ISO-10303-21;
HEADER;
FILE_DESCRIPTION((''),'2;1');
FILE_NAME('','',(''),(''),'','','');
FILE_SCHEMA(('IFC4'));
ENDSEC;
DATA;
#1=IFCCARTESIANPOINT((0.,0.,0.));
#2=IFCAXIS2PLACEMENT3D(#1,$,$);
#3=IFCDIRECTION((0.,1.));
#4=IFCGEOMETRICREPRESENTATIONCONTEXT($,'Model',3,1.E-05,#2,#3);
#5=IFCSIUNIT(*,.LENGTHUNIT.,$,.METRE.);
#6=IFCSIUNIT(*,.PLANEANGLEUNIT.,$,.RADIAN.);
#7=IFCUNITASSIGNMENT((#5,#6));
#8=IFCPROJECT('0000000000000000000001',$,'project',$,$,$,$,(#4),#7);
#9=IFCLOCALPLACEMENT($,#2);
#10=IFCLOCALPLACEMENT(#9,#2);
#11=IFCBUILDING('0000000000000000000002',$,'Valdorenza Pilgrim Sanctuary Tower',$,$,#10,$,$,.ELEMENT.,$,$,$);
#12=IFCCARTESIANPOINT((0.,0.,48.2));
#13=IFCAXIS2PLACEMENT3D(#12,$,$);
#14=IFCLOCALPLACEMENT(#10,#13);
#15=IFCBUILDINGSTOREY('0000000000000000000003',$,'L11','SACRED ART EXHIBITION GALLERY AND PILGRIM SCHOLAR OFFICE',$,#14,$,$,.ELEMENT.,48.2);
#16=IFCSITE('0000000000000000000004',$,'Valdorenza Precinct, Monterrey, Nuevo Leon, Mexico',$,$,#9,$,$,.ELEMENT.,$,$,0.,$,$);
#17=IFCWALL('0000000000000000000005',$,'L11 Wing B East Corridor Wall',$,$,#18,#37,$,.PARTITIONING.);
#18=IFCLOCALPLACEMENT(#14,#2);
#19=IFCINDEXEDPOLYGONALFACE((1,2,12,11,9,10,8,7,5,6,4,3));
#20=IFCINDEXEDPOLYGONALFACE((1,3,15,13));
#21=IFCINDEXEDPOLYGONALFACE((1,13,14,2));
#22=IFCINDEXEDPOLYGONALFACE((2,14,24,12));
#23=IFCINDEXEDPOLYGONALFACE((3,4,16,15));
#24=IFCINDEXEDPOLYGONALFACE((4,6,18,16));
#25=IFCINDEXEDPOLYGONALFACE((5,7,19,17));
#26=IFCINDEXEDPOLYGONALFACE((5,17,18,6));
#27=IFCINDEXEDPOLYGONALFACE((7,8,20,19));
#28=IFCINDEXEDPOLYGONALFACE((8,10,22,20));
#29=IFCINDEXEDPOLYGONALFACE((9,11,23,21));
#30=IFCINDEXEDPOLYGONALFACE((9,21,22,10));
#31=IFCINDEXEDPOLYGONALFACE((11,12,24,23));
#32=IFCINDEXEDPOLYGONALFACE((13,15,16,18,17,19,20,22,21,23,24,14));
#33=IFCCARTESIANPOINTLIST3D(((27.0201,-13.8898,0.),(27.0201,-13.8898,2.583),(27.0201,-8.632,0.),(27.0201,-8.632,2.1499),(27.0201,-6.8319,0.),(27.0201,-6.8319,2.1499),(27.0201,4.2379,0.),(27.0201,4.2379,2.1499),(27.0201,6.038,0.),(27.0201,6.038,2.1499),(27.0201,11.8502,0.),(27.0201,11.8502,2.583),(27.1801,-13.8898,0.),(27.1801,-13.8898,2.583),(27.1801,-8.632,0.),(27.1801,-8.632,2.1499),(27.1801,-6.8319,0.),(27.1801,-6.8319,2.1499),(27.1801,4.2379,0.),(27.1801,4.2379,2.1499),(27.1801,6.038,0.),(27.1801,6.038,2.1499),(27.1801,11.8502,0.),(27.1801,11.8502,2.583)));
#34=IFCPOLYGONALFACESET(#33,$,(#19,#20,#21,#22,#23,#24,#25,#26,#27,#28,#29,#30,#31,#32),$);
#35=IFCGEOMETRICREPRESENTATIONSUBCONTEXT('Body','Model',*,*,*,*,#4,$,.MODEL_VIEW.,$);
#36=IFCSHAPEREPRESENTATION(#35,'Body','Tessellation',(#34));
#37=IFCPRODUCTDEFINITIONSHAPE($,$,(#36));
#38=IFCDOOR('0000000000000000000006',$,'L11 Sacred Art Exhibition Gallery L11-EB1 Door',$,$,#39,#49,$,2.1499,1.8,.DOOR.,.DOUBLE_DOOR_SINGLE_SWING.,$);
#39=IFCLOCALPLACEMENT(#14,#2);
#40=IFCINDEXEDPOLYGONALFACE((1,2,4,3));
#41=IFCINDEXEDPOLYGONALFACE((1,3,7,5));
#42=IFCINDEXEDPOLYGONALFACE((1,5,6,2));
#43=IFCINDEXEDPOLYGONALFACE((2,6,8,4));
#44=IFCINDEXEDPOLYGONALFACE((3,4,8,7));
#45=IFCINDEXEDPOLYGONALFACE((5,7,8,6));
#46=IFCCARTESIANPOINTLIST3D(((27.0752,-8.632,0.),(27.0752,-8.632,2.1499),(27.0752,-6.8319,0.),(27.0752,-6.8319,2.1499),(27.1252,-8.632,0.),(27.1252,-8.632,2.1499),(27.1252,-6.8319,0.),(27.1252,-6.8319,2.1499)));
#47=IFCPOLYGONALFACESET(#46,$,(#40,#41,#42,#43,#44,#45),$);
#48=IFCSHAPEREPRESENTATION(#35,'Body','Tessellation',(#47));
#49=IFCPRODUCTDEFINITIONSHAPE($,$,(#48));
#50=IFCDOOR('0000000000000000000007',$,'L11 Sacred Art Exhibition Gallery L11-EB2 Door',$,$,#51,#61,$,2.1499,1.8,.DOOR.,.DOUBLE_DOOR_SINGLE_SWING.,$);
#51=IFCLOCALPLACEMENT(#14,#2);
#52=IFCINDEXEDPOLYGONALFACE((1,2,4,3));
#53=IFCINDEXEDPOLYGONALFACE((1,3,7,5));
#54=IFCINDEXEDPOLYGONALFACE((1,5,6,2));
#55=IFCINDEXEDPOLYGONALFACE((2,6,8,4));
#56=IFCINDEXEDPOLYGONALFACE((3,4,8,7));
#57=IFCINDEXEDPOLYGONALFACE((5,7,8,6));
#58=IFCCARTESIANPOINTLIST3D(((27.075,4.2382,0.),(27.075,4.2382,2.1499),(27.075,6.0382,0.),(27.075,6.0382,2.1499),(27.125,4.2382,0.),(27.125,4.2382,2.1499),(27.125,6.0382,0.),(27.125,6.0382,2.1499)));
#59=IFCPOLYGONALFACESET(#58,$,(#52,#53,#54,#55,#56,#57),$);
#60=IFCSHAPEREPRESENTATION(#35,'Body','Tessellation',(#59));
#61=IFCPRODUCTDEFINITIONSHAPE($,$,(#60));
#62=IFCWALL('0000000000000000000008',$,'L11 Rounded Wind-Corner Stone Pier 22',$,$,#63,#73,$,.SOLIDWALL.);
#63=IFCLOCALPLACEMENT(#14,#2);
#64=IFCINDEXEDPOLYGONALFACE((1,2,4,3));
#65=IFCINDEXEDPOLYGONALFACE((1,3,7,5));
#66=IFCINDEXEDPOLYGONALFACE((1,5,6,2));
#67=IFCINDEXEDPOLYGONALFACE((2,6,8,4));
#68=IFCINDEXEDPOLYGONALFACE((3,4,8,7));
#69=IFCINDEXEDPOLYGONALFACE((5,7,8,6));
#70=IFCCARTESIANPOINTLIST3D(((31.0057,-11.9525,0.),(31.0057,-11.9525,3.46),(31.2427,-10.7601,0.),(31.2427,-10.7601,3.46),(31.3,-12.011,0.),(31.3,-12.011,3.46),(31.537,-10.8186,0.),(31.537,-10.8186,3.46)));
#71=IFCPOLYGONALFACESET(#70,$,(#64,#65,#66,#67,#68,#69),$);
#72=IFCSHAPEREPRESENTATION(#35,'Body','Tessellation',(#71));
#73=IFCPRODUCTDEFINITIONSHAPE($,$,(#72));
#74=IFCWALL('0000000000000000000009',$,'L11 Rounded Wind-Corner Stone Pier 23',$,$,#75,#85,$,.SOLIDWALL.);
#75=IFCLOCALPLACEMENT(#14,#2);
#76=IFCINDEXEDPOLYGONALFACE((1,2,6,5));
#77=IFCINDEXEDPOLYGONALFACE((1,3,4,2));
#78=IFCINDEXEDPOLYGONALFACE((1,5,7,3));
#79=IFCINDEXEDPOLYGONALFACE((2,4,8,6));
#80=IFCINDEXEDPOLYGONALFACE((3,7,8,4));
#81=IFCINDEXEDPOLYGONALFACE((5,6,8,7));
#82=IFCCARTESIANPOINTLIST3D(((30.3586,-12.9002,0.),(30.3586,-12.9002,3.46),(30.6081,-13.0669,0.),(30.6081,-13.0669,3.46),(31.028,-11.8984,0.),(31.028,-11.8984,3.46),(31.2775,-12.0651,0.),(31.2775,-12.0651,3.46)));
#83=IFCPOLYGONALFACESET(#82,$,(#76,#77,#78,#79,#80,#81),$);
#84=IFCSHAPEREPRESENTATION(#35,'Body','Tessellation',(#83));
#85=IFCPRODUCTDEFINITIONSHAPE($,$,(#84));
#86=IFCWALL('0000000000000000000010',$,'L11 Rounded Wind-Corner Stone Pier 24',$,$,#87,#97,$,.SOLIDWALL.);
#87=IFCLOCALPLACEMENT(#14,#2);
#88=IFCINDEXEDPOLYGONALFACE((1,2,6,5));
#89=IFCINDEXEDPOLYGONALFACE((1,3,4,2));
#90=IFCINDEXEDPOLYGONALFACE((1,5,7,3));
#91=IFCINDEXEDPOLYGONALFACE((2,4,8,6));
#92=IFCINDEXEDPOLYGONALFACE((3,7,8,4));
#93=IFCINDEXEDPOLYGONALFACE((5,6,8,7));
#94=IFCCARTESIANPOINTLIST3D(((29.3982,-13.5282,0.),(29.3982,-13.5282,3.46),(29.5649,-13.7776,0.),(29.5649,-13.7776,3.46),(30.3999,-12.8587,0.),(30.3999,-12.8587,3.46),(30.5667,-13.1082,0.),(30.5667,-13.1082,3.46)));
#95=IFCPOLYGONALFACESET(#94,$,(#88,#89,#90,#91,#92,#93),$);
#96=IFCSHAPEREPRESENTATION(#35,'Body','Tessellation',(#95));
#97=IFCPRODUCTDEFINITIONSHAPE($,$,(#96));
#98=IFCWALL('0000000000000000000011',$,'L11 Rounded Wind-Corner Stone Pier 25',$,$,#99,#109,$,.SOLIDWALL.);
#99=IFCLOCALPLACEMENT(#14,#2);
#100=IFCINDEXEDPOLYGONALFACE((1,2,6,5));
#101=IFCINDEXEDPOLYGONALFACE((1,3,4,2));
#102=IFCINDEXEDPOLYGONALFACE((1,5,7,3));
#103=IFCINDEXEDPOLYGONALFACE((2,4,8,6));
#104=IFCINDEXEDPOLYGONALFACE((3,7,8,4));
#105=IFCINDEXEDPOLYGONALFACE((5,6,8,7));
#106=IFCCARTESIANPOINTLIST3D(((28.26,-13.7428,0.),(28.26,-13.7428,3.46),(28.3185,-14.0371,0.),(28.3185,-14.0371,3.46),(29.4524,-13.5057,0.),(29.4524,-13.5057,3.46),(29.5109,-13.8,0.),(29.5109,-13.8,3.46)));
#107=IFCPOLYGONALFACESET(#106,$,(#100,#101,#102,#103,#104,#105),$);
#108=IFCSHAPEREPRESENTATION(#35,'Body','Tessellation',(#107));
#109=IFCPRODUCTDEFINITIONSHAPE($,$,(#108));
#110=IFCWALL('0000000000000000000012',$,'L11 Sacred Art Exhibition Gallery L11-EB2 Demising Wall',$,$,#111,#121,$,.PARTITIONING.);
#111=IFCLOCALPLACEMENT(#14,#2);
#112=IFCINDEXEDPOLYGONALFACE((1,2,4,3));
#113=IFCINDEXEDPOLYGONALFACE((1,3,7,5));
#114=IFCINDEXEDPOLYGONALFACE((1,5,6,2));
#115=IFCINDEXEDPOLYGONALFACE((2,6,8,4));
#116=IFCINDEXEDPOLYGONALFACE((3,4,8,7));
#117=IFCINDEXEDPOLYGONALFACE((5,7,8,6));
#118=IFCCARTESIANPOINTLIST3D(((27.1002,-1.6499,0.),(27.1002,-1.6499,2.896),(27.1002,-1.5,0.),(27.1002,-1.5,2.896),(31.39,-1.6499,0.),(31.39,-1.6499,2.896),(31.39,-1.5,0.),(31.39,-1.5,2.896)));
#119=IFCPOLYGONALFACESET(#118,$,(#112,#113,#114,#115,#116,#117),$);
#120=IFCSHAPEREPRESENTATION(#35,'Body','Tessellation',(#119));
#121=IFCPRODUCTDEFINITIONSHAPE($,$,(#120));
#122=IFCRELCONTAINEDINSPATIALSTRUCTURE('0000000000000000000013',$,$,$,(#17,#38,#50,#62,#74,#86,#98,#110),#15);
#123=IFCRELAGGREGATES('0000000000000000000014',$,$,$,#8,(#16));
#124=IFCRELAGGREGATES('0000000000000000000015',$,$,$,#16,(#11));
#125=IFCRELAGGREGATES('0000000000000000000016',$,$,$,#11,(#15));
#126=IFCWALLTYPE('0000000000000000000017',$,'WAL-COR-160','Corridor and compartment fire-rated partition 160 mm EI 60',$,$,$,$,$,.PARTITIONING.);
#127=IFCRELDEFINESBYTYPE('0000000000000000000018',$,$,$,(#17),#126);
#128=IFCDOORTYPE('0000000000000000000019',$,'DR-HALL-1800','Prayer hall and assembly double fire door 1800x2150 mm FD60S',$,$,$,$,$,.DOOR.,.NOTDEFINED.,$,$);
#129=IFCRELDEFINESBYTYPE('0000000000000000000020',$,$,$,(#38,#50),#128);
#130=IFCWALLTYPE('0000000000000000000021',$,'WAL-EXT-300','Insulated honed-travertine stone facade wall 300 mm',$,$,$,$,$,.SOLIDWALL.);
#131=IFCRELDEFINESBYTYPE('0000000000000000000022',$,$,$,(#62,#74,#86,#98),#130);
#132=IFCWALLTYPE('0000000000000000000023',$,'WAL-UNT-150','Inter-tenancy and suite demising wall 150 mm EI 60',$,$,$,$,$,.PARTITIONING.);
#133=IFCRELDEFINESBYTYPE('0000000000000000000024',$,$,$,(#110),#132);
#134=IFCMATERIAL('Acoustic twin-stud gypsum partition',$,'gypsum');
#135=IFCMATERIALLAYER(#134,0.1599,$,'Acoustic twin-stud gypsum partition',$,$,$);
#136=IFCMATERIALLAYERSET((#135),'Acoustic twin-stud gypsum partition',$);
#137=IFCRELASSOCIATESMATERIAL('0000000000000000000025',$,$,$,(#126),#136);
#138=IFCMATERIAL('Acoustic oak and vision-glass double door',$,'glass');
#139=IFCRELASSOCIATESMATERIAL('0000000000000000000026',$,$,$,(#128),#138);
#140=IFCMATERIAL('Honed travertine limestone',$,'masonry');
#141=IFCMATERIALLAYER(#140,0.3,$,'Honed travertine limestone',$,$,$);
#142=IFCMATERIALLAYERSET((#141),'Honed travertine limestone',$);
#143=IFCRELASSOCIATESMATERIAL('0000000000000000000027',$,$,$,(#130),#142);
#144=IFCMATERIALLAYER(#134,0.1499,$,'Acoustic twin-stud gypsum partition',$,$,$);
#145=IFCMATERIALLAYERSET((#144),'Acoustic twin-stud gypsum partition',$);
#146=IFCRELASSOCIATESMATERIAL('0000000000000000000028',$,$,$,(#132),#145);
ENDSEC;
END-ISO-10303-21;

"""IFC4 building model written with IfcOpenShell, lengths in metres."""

from ifc_helpers import new_model, si_unit, direction, frame, frame_2d, origin, place, context, subcontext, project, spatial, rectangle, extrude, material, layer, layer_set, type_object, element, fill, save


model = new_model("IFC4")

# Units and contexts
model_context = context("Model", 3, precision=1e-05, world=origin(), true_north=direction((0.0, 1.0)))
body_context = subcontext(model_context, "Body", "Model", "MODEL_VIEW")
ifc_project = project(units=[si_unit("LENGTHUNIT", "METRE"), si_unit("PLANEANGLEUNIT", "RADIAN")], contexts=[model_context])

# Site, building, storey
site_placement = place(None, origin())
site = spatial("IfcSite", under=ifc_project, at=site_placement, Name="Valdorenza Precinct, Monterrey, Nuevo Leon, Mexico", CompositionType="ELEMENT", RefElevation=0.0)
building_placement = place(site_placement, origin())
building = spatial("IfcBuilding", under=site, at=building_placement, Name="Valdorenza Pilgrim Sanctuary Tower", CompositionType="ELEMENT")
storey_placement = place(building_placement, frame((0.0, 0.0, 48.2)))
storey = spatial("IfcBuildingStorey", under=building, at=storey_placement, Name="L11", Description="SACRED ART EXHIBITION GALLERY AND PILGRIM SCHOLAR OFFICE", CompositionType="ELEMENT", Elevation=48.2)

# Shared definitions
ifc_material_1 = material(Name="Honed travertine limestone", Category="masonry")

# Shared definitions
ifc_material_2 = material(Name="Acoustic twin-stud gypsum partition", Category="gypsum")
ifc_layer_1 = layer(ifc_material_2, 0.1599, Name="Acoustic twin-stud gypsum partition")
ifc_layer_set_1 = layer_set([ifc_layer_1], Name="Acoustic twin-stud gypsum partition")
wall_type_1 = type_object("IfcWallType", Name="WAL-COR-160", Description="Corridor and compartment fire-rated partition 160 mm EI 60", PredefinedType="PARTITIONING", material=ifc_layer_set_1)

# Wall, openings, doors
wall_1_placement = place(storey_placement, frame((27.1001, -13.8899, 0.0), z_axis=(0.0, 0.0, 1.0), x_axis=(0.0, 1.0, 0.0)))
wall_1 = element("IfcWall", 1, at=wall_1_placement, inside=storey, type_object=wall_type_1, Name="L11 Wing B East Corridor Wall", PredefinedType="PARTITIONING", context=body_context, shape_type="SweptSolid", body=[
    extrude(rectangle(XDim=25.74, YDim=0.1599, at=frame_2d((12.8701, 0.0))), origin(), (0.0, 0.0, 1.0), 2.583),
])
opening_1_placement = place(wall_1_placement, frame((5.2581, 0.0, 0.0)))
opening_1 = element("IfcOpeningElement", 2, at=opening_1_placement, cuts=wall_1, PredefinedType="OPENING", context=body_context, shape_type="SweptSolid", body=[
    extrude(rectangle(XDim=1.8, YDim=2.1499, at=frame_2d((0.8999, 1.075))), frame((0.0, 0.0947, 0.0), z_axis=(0.0, -1.0, 0.0), x_axis=(1.0, 0.0, 0.0)), (0.0, 0.0, 1.0), 0.1897),
])
opening_2_placement = place(wall_1_placement, frame((18.1279, 0.0, 0.0)))
opening_2 = element("IfcOpeningElement", 3, at=opening_2_placement, cuts=wall_1, PredefinedType="OPENING", context=body_context, shape_type="SweptSolid", body=[
    extrude(rectangle(XDim=1.8, YDim=2.1499, at=frame_2d((0.8999, 1.075))), frame((0.0, 0.0947, 0.0), z_axis=(0.0, -1.0, 0.0), x_axis=(1.0, 0.0, 0.0)), (0.0, 0.0, 1.0), 0.1897),
])
ifc_material_3 = material(Name="Acoustic oak and vision-glass double door", Category="glass")
door_type_1 = type_object("IfcDoorType", Name="DR-HALL-1800", Description="Prayer hall and assembly double fire door 1800x2150 mm FD60S", OperationType="NOTDEFINED", PredefinedType="DOOR", material=ifc_material_3)
door_1_placement = place(opening_1_placement, origin())
door_1 = element("IfcDoor", 4, at=door_1_placement, inside=storey, type_object=door_type_1, Name="L11 Sacred Art Exhibition Gallery L11-EB1 Door", OperationType="DOUBLE_DOOR_SINGLE_SWING", OverallHeight=2.1499, OverallWidth=1.8, PredefinedType="DOOR", context=body_context, shape_type="SweptSolid", body=[
    extrude(rectangle(XDim=1.8, YDim=2.1499, at=frame_2d((0.8999, 1.075))), frame((0.0, 0.0249, 0.0), z_axis=(0.0, -1.0, 0.0), x_axis=(1.0, 0.0, 0.0)), (0.0, 0.0, 1.0), 0.05),
])
fill(opening_1, door_1)
door_2_placement = place(opening_2_placement, frame((1.8, 0.0, 0.0), z_axis=(0.0, 0.0, 1.0), x_axis=(-1.0, 0.0, 0.0)))
door_2 = element("IfcDoor", 5, at=door_2_placement, inside=storey, type_object=door_type_1, Name="L11 Sacred Art Exhibition Gallery L11-EB2 Door", OperationType="DOUBLE_DOOR_SINGLE_SWING", OverallHeight=2.1499, OverallWidth=1.8, PredefinedType="DOOR", context=body_context, shape_type="SweptSolid", body=[
    extrude(rectangle(XDim=1.8, YDim=2.1499, at=frame_2d((0.8999, 1.075))), frame((0.0, 0.0249, 0.0), z_axis=(0.0, -1.0, 0.0), x_axis=(1.0, 0.0, 0.0)), (0.0, 0.0, 1.0), 0.05),
])
fill(opening_2, door_2)

# Walls
ifc_layer_2 = layer(ifc_material_1, 0.3, Name="Honed travertine limestone")
ifc_layer_set_2 = layer_set([ifc_layer_2], Name="Honed travertine limestone")
wall_type_2 = type_object("IfcWallType", Name="WAL-EXT-300", Description="Insulated honed-travertine stone facade wall 300 mm", PredefinedType="SOLIDWALL", material=ifc_layer_set_2)
wall_2_placement = place(storey_placement, frame((31.3899, -10.7893, 0.0), z_axis=(0.0, 0.0, 1.0), x_axis=(-0.194996, -0.980804, 0.0)))
element("IfcWall", 6, at=wall_2_placement, inside=storey, type_object=wall_type_2, Name="L11 Rounded Wind-Corner Stone Pier 22", PredefinedType="SOLIDWALL", context=body_context, shape_type="SweptSolid", body=[
    extrude(rectangle(XDim=1.2158, YDim=0.3, at=frame_2d((0.6079, 0.0))), origin(), (0.0, 0.0, 1.0), 3.46),
])
for number, where, z_axis, x_axis, name in (
    (7, (31.1528, -11.9817, 0.0), (0.0, 0.0, 1.0), (-0.555635, -0.831426, 0.0), "L11 Rounded Wind-Corner Stone Pier 23"),
    (8, (30.4834, -12.9834, 0.0), (0.0, 0.0, 1.0), (-0.831426, -0.555635, 0.0), "L11 Rounded Wind-Corner Stone Pier 24"),
):
    element("IfcWall", number, at=place(storey_placement, frame(where, z_axis=z_axis, x_axis=x_axis)), inside=storey, type_object=wall_type_2, Name=name, PredefinedType="SOLIDWALL", context=body_context, shape_type="SweptSolid", body=[
        extrude(rectangle(XDim=1.2048, YDim=0.3, at=frame_2d((0.6025, 0.0))), origin(), (0.0, 0.0, 1.0), 3.46),
    ])
wall_3_placement = place(storey_placement, frame((29.4817, -13.6528, 0.0), z_axis=(0.0, 0.0, 1.0), x_axis=(-0.980804, -0.194996, 0.0)))
element("IfcWall", 9, at=wall_3_placement, inside=storey, type_object=wall_type_2, Name="L11 Rounded Wind-Corner Stone Pier 25", PredefinedType="SOLIDWALL", context=body_context, shape_type="SweptSolid", body=[
    extrude(rectangle(XDim=1.2158, YDim=0.3, at=frame_2d((0.6079, 0.0))), origin(), (0.0, 0.0, 1.0), 3.46),
])
ifc_layer_3 = layer(ifc_material_2, 0.1499, Name="Acoustic twin-stud gypsum partition")
ifc_layer_set_3 = layer_set([ifc_layer_3], Name="Acoustic twin-stud gypsum partition")
wall_type_3 = type_object("IfcWallType", Name="WAL-UNT-150", Description="Inter-tenancy and suite demising wall 150 mm EI 60", PredefinedType="PARTITIONING", material=ifc_layer_set_3)
wall_4_placement = place(storey_placement, frame((27.1001, -1.575, 0.0), z_axis=(0.0, 0.0, 1.0), x_axis=(1.0, 0.0, 0.0)))
element("IfcWall", 10, at=wall_4_placement, inside=storey, type_object=wall_type_3, Name="L11 Sacred Art Exhibition Gallery L11-EB2 Demising Wall", PredefinedType="PARTITIONING", context=body_context, shape_type="SweptSolid", body=[
    extrude(rectangle(XDim=4.2898, YDim=0.1499, at=frame_2d((2.145, 0.0))), origin(), (0.0, 0.0, 1.0), 2.896),
])

save(model, "model.ifc")
